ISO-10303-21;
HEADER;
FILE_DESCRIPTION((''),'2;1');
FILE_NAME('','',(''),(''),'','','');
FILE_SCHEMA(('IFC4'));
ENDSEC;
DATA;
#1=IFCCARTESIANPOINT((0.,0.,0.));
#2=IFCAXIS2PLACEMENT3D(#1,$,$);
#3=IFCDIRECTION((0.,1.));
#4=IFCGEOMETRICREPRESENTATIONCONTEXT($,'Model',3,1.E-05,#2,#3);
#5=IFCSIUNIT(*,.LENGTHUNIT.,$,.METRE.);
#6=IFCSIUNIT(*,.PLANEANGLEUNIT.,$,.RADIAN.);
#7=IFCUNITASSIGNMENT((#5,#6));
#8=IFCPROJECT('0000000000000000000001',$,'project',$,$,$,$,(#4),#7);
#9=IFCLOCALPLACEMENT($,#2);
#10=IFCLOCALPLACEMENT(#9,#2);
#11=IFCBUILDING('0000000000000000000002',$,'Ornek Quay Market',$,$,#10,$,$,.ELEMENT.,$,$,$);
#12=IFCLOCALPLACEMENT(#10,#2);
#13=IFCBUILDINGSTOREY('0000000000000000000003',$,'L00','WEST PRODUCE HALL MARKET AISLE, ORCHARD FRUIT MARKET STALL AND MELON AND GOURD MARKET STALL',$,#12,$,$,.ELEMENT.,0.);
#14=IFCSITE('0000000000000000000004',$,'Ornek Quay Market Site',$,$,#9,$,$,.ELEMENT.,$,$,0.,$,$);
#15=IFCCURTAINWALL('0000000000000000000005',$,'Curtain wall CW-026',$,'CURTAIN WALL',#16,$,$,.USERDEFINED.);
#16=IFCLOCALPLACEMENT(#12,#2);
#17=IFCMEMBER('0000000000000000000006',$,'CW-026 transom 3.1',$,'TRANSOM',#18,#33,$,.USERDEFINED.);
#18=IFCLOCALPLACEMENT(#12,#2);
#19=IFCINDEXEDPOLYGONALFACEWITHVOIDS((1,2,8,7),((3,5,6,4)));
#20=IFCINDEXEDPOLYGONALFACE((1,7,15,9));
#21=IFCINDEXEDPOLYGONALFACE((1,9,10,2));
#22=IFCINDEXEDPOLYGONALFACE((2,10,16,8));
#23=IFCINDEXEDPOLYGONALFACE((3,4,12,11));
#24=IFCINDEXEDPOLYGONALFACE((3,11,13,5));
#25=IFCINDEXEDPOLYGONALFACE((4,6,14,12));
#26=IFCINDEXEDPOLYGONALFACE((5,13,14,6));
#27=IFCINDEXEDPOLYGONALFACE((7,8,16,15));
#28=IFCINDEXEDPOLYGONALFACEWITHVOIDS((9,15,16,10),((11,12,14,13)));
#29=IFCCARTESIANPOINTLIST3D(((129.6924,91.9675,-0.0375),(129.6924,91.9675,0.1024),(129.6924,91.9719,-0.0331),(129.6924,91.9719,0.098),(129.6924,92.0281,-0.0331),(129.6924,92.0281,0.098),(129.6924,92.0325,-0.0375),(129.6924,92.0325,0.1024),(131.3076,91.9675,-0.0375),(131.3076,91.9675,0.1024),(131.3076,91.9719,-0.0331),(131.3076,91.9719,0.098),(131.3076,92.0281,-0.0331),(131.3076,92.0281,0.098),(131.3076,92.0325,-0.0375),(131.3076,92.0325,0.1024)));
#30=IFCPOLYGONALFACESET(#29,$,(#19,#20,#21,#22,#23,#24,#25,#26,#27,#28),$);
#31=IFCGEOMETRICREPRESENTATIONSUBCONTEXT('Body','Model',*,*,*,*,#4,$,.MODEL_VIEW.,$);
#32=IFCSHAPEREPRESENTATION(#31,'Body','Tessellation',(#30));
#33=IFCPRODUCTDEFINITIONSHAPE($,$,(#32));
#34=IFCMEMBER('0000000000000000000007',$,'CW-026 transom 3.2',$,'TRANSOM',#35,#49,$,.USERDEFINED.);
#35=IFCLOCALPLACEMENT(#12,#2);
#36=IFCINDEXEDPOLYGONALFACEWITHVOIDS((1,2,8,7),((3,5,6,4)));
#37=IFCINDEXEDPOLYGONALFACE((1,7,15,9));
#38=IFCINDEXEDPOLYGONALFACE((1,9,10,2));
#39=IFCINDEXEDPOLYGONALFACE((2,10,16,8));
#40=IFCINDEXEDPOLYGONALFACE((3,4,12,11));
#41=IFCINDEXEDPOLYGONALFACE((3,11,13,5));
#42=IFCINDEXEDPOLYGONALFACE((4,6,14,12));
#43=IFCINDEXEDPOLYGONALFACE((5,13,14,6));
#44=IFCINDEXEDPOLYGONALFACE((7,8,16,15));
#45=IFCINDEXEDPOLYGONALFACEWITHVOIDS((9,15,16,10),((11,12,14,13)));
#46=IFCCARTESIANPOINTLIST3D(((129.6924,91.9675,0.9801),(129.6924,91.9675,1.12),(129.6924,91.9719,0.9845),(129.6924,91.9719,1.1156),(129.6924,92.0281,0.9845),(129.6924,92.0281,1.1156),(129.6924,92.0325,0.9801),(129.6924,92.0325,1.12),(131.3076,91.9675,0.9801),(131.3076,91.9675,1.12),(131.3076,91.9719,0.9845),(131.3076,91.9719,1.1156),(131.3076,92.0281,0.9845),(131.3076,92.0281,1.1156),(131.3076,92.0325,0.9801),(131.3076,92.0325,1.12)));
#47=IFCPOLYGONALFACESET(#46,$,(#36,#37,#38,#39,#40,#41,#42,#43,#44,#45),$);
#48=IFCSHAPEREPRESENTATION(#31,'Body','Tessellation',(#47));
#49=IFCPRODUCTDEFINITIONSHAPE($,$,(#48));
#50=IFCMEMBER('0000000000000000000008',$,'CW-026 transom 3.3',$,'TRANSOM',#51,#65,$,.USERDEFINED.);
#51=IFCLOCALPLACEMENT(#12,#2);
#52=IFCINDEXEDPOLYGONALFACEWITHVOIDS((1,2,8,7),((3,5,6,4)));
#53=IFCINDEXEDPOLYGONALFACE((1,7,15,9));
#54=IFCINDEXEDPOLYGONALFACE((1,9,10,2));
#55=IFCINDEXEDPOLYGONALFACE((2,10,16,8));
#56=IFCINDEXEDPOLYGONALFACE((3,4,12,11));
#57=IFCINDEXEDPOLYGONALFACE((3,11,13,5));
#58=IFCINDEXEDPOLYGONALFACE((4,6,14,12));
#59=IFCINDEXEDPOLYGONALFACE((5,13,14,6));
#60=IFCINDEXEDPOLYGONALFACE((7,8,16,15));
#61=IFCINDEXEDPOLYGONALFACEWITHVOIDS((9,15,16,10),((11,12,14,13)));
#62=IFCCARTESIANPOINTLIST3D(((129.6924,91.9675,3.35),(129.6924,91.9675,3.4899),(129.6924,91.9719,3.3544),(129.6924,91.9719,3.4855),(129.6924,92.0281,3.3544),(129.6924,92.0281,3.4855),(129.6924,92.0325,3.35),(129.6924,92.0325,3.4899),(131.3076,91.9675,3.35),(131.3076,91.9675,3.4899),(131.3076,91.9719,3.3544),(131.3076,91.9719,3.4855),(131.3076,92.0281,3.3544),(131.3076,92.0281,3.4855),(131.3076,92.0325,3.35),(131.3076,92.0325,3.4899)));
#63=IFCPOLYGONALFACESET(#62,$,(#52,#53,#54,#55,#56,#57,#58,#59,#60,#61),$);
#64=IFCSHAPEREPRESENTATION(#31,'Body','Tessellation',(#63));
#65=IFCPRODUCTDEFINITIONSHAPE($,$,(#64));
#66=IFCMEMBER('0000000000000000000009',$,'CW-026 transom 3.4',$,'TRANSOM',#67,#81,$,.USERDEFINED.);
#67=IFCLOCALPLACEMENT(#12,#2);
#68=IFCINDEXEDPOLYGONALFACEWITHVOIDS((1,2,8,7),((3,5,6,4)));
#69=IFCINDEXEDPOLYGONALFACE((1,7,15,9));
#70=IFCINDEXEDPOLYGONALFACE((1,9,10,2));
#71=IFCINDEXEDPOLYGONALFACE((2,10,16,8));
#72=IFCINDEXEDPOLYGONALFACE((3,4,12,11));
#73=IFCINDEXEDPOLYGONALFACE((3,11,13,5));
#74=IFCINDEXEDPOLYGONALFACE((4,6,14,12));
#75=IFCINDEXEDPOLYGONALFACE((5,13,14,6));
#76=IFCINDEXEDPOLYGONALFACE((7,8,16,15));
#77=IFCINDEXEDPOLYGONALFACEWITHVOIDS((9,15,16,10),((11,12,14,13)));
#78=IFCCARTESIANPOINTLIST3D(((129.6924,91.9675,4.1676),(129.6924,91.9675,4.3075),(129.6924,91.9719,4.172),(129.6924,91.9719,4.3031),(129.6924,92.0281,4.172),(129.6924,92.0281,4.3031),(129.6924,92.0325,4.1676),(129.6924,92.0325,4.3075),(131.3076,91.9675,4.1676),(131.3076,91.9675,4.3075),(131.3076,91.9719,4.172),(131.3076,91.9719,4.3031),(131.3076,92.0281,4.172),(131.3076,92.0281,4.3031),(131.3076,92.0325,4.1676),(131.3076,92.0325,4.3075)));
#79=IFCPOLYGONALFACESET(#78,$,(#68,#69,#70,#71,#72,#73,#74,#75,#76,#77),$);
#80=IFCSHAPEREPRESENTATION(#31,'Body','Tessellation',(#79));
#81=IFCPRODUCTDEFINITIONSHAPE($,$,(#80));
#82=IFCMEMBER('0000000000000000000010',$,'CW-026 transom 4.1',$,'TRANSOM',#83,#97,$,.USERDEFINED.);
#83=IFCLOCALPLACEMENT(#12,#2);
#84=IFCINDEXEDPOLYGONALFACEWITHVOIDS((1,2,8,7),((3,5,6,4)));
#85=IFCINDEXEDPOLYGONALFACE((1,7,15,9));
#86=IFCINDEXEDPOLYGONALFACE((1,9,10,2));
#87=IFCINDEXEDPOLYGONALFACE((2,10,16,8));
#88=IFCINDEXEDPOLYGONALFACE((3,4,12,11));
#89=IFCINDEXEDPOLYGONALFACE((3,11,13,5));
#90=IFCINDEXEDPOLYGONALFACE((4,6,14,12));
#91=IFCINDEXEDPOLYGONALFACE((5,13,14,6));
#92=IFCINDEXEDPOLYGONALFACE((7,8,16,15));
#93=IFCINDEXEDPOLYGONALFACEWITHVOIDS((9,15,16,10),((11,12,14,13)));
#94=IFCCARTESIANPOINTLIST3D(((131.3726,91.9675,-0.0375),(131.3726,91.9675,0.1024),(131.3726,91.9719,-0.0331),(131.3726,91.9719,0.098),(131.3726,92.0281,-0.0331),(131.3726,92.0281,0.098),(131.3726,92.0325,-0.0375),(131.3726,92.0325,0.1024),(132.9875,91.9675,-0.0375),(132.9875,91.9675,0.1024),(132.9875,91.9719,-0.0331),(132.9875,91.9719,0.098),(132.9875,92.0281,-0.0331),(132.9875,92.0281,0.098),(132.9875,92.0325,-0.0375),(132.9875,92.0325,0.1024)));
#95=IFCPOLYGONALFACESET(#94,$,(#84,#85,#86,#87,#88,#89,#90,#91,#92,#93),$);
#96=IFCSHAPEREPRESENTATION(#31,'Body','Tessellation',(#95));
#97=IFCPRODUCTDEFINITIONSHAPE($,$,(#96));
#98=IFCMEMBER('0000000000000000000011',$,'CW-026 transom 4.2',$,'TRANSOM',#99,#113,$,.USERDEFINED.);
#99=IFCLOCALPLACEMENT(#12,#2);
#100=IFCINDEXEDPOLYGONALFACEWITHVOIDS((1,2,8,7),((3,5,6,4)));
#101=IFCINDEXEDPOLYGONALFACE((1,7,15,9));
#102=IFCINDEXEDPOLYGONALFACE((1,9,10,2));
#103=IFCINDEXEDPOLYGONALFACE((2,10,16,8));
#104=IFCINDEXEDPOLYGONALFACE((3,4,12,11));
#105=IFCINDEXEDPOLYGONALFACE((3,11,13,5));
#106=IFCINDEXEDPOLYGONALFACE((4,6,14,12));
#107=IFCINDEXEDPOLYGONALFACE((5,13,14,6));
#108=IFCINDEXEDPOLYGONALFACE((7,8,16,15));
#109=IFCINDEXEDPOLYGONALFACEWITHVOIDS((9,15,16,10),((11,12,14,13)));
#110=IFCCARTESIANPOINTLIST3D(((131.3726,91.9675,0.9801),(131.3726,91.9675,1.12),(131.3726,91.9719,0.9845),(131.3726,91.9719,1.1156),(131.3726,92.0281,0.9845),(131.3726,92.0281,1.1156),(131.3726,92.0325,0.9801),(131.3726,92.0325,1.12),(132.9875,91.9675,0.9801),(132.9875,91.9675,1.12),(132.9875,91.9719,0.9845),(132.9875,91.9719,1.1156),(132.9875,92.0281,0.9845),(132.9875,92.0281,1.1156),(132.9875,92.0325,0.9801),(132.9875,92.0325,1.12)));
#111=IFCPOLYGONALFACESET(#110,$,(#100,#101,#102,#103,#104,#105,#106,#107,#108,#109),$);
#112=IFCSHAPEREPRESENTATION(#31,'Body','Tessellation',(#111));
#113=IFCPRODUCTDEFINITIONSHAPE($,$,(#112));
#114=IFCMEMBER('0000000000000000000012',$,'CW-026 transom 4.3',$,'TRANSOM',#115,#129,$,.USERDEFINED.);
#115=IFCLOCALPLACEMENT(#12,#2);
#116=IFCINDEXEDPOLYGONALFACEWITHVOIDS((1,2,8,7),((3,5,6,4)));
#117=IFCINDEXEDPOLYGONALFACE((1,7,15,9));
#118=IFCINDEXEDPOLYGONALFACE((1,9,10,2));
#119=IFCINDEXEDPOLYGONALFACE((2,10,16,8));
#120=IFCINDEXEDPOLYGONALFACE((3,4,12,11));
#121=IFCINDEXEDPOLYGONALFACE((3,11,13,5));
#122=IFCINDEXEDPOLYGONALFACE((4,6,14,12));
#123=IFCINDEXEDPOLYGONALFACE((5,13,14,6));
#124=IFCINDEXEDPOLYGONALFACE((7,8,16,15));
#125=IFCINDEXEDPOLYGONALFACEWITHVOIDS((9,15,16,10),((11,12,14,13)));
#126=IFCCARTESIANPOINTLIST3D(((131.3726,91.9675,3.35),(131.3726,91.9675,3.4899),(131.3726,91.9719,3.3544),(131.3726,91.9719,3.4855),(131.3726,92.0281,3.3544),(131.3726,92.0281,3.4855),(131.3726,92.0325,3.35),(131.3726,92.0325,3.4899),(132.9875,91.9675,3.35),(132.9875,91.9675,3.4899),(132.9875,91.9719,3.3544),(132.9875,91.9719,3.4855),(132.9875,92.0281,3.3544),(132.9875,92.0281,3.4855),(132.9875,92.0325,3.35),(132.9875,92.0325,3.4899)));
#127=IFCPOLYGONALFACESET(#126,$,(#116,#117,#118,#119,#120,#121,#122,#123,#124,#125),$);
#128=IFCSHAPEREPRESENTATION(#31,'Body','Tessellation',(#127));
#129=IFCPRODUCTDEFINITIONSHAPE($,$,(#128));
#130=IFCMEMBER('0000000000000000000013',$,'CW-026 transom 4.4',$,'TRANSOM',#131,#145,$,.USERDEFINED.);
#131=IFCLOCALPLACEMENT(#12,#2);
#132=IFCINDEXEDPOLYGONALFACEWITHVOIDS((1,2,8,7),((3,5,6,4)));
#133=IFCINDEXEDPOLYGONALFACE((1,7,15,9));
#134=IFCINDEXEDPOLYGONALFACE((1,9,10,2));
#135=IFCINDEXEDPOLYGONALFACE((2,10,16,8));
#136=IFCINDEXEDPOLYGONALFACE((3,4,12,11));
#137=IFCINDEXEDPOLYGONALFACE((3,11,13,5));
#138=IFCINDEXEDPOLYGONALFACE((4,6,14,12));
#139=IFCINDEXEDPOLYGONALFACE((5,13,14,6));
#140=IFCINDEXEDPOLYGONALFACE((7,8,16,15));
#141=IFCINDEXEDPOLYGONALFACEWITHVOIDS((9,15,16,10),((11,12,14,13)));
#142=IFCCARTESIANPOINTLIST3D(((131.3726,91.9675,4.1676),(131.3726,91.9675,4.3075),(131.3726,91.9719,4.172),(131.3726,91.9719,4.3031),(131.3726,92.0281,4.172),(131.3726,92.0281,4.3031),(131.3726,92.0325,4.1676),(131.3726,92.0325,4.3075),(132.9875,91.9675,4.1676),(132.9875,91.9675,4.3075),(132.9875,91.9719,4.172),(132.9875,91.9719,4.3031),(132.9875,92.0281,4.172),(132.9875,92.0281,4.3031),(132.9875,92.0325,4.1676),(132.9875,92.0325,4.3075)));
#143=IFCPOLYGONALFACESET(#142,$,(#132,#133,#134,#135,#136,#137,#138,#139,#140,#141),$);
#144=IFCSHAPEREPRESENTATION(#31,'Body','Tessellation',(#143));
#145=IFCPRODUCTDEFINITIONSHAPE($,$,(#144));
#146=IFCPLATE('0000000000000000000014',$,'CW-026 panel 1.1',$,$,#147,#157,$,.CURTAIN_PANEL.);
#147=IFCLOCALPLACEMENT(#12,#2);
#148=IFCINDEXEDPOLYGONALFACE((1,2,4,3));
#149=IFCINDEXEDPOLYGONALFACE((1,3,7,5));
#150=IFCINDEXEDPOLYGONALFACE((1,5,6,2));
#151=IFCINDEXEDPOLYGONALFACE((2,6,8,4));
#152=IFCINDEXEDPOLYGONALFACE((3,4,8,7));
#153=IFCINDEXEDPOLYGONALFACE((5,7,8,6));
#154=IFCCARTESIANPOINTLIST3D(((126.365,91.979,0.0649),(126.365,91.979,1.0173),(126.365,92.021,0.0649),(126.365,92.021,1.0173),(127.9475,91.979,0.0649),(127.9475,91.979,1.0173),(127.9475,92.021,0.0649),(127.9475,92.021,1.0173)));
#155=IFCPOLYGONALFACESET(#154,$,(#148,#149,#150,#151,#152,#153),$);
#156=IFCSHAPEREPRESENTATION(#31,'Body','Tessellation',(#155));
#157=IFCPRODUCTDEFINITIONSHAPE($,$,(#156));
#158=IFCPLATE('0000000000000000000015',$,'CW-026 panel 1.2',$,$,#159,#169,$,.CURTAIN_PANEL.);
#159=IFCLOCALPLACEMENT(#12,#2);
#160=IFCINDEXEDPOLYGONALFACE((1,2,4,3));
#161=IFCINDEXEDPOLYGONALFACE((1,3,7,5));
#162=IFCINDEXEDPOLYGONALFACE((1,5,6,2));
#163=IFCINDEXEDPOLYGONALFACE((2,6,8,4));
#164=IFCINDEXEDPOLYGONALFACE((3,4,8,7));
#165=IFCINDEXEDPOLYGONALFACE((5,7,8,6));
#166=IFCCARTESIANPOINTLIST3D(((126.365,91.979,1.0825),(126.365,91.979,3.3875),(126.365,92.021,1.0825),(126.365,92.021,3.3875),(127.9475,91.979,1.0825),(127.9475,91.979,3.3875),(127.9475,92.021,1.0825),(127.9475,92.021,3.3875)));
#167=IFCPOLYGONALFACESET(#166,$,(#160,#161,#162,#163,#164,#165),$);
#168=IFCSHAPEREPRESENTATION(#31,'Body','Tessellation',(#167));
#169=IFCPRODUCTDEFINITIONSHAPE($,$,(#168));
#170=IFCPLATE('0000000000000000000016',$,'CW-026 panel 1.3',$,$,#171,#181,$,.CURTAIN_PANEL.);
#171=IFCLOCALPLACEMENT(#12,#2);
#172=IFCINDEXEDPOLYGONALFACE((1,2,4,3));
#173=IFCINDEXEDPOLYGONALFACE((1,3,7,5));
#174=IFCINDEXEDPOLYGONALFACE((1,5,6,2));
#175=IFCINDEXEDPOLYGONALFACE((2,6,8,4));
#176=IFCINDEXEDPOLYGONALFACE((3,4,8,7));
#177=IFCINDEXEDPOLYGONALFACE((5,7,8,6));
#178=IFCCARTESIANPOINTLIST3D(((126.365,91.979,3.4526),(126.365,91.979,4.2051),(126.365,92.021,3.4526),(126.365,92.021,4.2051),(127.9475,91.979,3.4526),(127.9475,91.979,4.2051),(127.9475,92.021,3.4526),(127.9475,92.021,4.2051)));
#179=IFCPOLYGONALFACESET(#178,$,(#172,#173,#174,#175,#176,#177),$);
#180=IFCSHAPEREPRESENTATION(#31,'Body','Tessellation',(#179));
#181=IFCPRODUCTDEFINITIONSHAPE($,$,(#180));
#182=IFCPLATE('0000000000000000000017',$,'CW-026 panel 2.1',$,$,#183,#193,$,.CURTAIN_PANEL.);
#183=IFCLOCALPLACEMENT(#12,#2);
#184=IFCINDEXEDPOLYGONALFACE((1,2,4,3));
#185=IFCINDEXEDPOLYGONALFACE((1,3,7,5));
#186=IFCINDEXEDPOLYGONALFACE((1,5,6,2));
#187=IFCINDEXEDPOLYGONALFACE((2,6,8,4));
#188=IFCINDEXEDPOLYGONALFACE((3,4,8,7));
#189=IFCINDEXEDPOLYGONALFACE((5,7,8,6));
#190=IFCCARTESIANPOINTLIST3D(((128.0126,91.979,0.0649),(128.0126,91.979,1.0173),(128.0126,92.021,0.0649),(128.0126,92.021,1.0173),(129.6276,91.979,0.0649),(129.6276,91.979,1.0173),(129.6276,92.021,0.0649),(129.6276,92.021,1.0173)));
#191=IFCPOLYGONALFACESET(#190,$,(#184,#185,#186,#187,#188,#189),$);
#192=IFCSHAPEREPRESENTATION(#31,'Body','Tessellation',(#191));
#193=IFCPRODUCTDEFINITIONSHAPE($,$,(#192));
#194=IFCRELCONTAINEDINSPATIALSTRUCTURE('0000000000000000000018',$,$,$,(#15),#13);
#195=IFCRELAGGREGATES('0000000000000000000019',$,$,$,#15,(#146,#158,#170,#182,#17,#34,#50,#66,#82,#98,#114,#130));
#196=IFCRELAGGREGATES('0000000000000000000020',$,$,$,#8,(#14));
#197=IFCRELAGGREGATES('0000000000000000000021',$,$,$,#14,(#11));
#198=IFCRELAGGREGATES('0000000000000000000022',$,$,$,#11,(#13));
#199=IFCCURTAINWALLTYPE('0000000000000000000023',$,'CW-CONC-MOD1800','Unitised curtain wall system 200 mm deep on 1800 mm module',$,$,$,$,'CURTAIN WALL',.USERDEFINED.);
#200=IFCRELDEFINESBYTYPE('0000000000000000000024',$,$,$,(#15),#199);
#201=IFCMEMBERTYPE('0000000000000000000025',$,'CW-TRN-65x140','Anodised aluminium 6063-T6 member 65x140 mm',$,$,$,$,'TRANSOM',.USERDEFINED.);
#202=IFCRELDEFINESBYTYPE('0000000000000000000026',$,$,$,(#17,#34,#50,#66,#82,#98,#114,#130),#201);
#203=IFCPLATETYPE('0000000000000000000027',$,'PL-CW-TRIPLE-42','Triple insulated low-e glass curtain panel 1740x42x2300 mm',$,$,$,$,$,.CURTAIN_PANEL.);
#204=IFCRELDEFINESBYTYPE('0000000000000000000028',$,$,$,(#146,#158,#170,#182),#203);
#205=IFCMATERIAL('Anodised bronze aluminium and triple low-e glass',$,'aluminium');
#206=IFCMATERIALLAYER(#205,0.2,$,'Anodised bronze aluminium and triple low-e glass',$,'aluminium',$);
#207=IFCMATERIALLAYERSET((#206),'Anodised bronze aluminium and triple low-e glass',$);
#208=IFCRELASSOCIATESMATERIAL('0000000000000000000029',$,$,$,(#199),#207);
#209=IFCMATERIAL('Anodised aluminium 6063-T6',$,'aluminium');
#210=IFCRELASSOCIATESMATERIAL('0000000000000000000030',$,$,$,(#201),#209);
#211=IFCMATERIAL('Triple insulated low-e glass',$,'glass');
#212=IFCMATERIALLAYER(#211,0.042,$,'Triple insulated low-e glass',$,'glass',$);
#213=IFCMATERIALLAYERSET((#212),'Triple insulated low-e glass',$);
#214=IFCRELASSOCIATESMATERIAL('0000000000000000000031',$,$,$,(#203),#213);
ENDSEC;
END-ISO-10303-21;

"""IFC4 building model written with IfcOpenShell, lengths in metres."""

from ifc_helpers import new_model, si_unit, direction, frame, origin, origin_2d, place, context, subcontext, project, spatial, rectangle, hollow_rectangle, extrude, material, layer, layer_set, material_profile, profile_set, type_object, element, aggregate, save


model = new_model("IFC4")

# Units and contexts
model_context = context("Model", 3, precision=1e-05, world=origin(), true_north=direction((0.0, 1.0)))
body_context = subcontext(model_context, "Body", "Model", "MODEL_VIEW")
ifc_project = project(units=[si_unit("LENGTHUNIT", "METRE"), si_unit("PLANEANGLEUNIT", "RADIAN")], contexts=[model_context])

# Site, building, storey
site_placement = place(None, origin())
site = spatial("IfcSite", under=ifc_project, at=site_placement, Name="Ornek Quay Market Site", CompositionType="ELEMENT", RefElevation=0.0)
building_placement = place(site_placement, origin())
building = spatial("IfcBuilding", under=site, at=building_placement, Name="Ornek Quay Market", CompositionType="ELEMENT")
storey_placement = place(building_placement, origin())
storey = spatial("IfcBuildingStorey", under=building, at=storey_placement, Name="L00", Description="WEST PRODUCE HALL MARKET AISLE, ORCHARD FRUIT MARKET STALL AND MELON AND GOURD MARKET STALL", CompositionType="ELEMENT", Elevation=0.0)

# Curtain wall, members, plates
ifc_material_1 = material(Name="Anodised bronze aluminium and triple low-e glass", Category="aluminium")
ifc_layer_1 = layer(ifc_material_1, 0.2, Name="Anodised bronze aluminium and triple low-e glass", Category="aluminium")
ifc_layer_set_1 = layer_set([ifc_layer_1], Name="Anodised bronze aluminium and triple low-e glass")
curtain_wall_type = type_object("IfcCurtainWallType", Name="CW-CONC-MOD1800", Description="Unitised curtain wall system 200 mm deep on 1800 mm module", ElementType="CURTAIN WALL", PredefinedType="USERDEFINED", material=ifc_layer_set_1)
curtain_wall_placement = place(storey_placement, origin())
curtain_wall = element("IfcCurtainWall", 1, at=curtain_wall_placement, inside=storey, type_object=curtain_wall_type, Name="Curtain wall CW-026", ObjectType="CURTAIN WALL", PredefinedType="USERDEFINED")
ifc_material_2 = material(Name="Anodised aluminium 6063-T6", Category="aluminium")
ifc_material_profile_1 = material_profile(ifc_material_2, hollow_rectangle(XDim=0.0649, YDim=0.1399, WallThickness=0.0044, at=origin_2d()), Name="CW-TRN-65x140", Category="aluminium")
ifc_profile_set_1 = profile_set([ifc_material_profile_1], Name="Anodised aluminium 6063-T6")
member_type_1 = type_object("IfcMemberType", Name="CW-TRN-65x140", Description="Anodised aluminium 6063-T6 member 65x140 mm", ElementType="TRANSOM", PredefinedType="USERDEFINED", material=ifc_profile_set_1)
member_1_placement = place(storey_placement, frame((129.6924, 92.0, 0.0325), z_axis=(1.0, 0.0, 0.0), x_axis=(0.0, 1.0, 0.0)))
member_1 = element("IfcMember", 2, at=member_1_placement, type_object=member_type_1, Name="CW-026 transom 3.1", ObjectType="TRANSOM", PredefinedType="USERDEFINED", context=body_context, shape_type="SweptSolid", body=[
    extrude(hollow_rectangle(XDim=0.0649, YDim=0.1399, WallThickness=0.0044, at=origin_2d()), origin(), (0.0, 0.0, 1.0), 1.6152),
])
member_2_placement = place(storey_placement, frame((129.6924, 92.0, 1.05), z_axis=(1.0, 0.0, 0.0), x_axis=(0.0, 1.0, 0.0)))
member_2 = element("IfcMember", 3, at=member_2_placement, type_object=member_type_1, Name="CW-026 transom 3.2", ObjectType="TRANSOM", PredefinedType="USERDEFINED", context=body_context, shape_type="SweptSolid", body=[
    extrude(hollow_rectangle(XDim=0.0649, YDim=0.1399, WallThickness=0.0044, at=origin_2d()), origin(), (0.0, 0.0, 1.0), 1.6152),
])
member_3_placement = place(storey_placement, frame((129.6924, 92.0, 3.4199), z_axis=(1.0, 0.0, 0.0), x_axis=(0.0, 1.0, 0.0)))
member_3 = element("IfcMember", 4, at=member_3_placement, type_object=member_type_1, Name="CW-026 transom 3.3", ObjectType="TRANSOM", PredefinedType="USERDEFINED", context=body_context, shape_type="SweptSolid", body=[
    extrude(hollow_rectangle(XDim=0.0649, YDim=0.1399, WallThickness=0.0044, at=origin_2d()), origin(), (0.0, 0.0, 1.0), 1.6152),
])
member_4_placement = place(storey_placement, frame((129.6924, 92.0, 4.2375), z_axis=(1.0, 0.0, 0.0), x_axis=(0.0, 1.0, 0.0)))
member_4 = element("IfcMember", 5, at=member_4_placement, type_object=member_type_1, Name="CW-026 transom 3.4", ObjectType="TRANSOM", PredefinedType="USERDEFINED", context=body_context, shape_type="SweptSolid", body=[
    extrude(hollow_rectangle(XDim=0.0649, YDim=0.1399, WallThickness=0.0044, at=origin_2d()), origin(), (0.0, 0.0, 1.0), 1.6152),
])
member_5_placement = place(storey_placement, frame((131.3726, 92.0, 0.0325), z_axis=(1.0, 0.0, 0.0), x_axis=(0.0, 1.0, 0.0)))
member_5 = element("IfcMember", 6, at=member_5_placement, type_object=member_type_1, Name="CW-026 transom 4.1", ObjectType="TRANSOM", PredefinedType="USERDEFINED", context=body_context, shape_type="SweptSolid", body=[
    extrude(hollow_rectangle(XDim=0.0649, YDim=0.1399, WallThickness=0.0044, at=origin_2d()), origin(), (0.0, 0.0, 1.0), 1.615),
])
member_6_placement = place(storey_placement, frame((131.3726, 92.0, 1.05), z_axis=(1.0, 0.0, 0.0), x_axis=(0.0, 1.0, 0.0)))
member_6 = element("IfcMember", 7, at=member_6_placement, type_object=member_type_1, Name="CW-026 transom 4.2", ObjectType="TRANSOM", PredefinedType="USERDEFINED", context=body_context, shape_type="SweptSolid", body=[
    extrude(hollow_rectangle(XDim=0.0649, YDim=0.1399, WallThickness=0.0044, at=origin_2d()), origin(), (0.0, 0.0, 1.0), 1.615),
])
member_7_placement = place(storey_placement, frame((131.3726, 92.0, 3.4199), z_axis=(1.0, 0.0, 0.0), x_axis=(0.0, 1.0, 0.0)))
member_7 = element("IfcMember", 8, at=member_7_placement, type_object=member_type_1, Name="CW-026 transom 4.3", ObjectType="TRANSOM", PredefinedType="USERDEFINED", context=body_context, shape_type="SweptSolid", body=[
    extrude(hollow_rectangle(XDim=0.0649, YDim=0.1399, WallThickness=0.0044, at=origin_2d()), origin(), (0.0, 0.0, 1.0), 1.615),
])
member_8_placement = place(storey_placement, frame((131.3726, 92.0, 4.2375), z_axis=(1.0, 0.0, 0.0), x_axis=(0.0, 1.0, 0.0)))
member_8 = element("IfcMember", 9, at=member_8_placement, type_object=member_type_1, Name="CW-026 transom 4.4", ObjectType="TRANSOM", PredefinedType="USERDEFINED", context=body_context, shape_type="SweptSolid", body=[
    extrude(hollow_rectangle(XDim=0.0649, YDim=0.1399, WallThickness=0.0044, at=origin_2d()), origin(), (0.0, 0.0, 1.0), 1.615),
])
ifc_material_3 = material(Name="Triple insulated low-e glass", Category="glass")
ifc_layer_2 = layer(ifc_material_3, 0.042, Name="Triple insulated low-e glass", Category="glass")
ifc_layer_set_2 = layer_set([ifc_layer_2], Name="Triple insulated low-e glass")
plate_type = type_object("IfcPlateType", Name="PL-CW-TRIPLE-42", Description="Triple insulated low-e glass curtain panel 1740x42x2300 mm", PredefinedType="CURTAIN_PANEL", material=ifc_layer_set_2)
plate_1_placement = place(storey_placement, frame((127.1562, 92.0, 0.0649), z_axis=(0.0, 0.0, 1.0), x_axis=(1.0, 0.0, 0.0)))
plate_1 = element("IfcPlate", 10, at=plate_1_placement, type_object=plate_type, Name="CW-026 panel 1.1", PredefinedType="CURTAIN_PANEL", context=body_context, shape_type="SweptSolid", body=[
    extrude(rectangle(XDim=1.5825, YDim=0.042, at=origin_2d()), origin(), (0.0, 0.0, 1.0), 0.9524),
])
plate_2_placement = place(storey_placement, frame((127.1562, 92.0, 1.0825), z_axis=(0.0, 0.0, 1.0), x_axis=(1.0, 0.0, 0.0)))
plate_2 = element("IfcPlate", 11, at=plate_2_placement, type_object=plate_type, Name="CW-026 panel 1.2", PredefinedType="CURTAIN_PANEL", context=body_context, shape_type="SweptSolid", body=[
    extrude(rectangle(XDim=1.5825, YDim=0.042, at=origin_2d()), origin(), (0.0, 0.0, 1.0), 2.3049),
])
plate_3_placement = place(storey_placement, frame((127.1562, 92.0, 3.4526), z_axis=(0.0, 0.0, 1.0), x_axis=(1.0, 0.0, 0.0)))
plate_3 = element("IfcPlate", 12, at=plate_3_placement, type_object=plate_type, Name="CW-026 panel 1.3", PredefinedType="CURTAIN_PANEL", context=body_context, shape_type="SweptSolid", body=[
    extrude(rectangle(XDim=1.5825, YDim=0.042, at=origin_2d()), origin(), (0.0, 0.0, 1.0), 0.7524),
])
plate_4_placement = place(storey_placement, frame((128.8201, 92.0, 0.0649), z_axis=(0.0, 0.0, 1.0), x_axis=(1.0, 0.0, 0.0)))
plate_4 = element("IfcPlate", 13, at=plate_4_placement, type_object=plate_type, Name="CW-026 panel 2.1", PredefinedType="CURTAIN_PANEL", context=body_context, shape_type="SweptSolid", body=[
    extrude(rectangle(XDim=1.615, YDim=0.042, at=origin_2d()), origin(), (0.0, 0.0, 1.0), 0.9524),
])
aggregate(curtain_wall, [plate_1, plate_2, plate_3, plate_4, member_1, member_2, member_3, member_4, member_5, member_6, member_7, member_8])

save(model, "model.ifc")
